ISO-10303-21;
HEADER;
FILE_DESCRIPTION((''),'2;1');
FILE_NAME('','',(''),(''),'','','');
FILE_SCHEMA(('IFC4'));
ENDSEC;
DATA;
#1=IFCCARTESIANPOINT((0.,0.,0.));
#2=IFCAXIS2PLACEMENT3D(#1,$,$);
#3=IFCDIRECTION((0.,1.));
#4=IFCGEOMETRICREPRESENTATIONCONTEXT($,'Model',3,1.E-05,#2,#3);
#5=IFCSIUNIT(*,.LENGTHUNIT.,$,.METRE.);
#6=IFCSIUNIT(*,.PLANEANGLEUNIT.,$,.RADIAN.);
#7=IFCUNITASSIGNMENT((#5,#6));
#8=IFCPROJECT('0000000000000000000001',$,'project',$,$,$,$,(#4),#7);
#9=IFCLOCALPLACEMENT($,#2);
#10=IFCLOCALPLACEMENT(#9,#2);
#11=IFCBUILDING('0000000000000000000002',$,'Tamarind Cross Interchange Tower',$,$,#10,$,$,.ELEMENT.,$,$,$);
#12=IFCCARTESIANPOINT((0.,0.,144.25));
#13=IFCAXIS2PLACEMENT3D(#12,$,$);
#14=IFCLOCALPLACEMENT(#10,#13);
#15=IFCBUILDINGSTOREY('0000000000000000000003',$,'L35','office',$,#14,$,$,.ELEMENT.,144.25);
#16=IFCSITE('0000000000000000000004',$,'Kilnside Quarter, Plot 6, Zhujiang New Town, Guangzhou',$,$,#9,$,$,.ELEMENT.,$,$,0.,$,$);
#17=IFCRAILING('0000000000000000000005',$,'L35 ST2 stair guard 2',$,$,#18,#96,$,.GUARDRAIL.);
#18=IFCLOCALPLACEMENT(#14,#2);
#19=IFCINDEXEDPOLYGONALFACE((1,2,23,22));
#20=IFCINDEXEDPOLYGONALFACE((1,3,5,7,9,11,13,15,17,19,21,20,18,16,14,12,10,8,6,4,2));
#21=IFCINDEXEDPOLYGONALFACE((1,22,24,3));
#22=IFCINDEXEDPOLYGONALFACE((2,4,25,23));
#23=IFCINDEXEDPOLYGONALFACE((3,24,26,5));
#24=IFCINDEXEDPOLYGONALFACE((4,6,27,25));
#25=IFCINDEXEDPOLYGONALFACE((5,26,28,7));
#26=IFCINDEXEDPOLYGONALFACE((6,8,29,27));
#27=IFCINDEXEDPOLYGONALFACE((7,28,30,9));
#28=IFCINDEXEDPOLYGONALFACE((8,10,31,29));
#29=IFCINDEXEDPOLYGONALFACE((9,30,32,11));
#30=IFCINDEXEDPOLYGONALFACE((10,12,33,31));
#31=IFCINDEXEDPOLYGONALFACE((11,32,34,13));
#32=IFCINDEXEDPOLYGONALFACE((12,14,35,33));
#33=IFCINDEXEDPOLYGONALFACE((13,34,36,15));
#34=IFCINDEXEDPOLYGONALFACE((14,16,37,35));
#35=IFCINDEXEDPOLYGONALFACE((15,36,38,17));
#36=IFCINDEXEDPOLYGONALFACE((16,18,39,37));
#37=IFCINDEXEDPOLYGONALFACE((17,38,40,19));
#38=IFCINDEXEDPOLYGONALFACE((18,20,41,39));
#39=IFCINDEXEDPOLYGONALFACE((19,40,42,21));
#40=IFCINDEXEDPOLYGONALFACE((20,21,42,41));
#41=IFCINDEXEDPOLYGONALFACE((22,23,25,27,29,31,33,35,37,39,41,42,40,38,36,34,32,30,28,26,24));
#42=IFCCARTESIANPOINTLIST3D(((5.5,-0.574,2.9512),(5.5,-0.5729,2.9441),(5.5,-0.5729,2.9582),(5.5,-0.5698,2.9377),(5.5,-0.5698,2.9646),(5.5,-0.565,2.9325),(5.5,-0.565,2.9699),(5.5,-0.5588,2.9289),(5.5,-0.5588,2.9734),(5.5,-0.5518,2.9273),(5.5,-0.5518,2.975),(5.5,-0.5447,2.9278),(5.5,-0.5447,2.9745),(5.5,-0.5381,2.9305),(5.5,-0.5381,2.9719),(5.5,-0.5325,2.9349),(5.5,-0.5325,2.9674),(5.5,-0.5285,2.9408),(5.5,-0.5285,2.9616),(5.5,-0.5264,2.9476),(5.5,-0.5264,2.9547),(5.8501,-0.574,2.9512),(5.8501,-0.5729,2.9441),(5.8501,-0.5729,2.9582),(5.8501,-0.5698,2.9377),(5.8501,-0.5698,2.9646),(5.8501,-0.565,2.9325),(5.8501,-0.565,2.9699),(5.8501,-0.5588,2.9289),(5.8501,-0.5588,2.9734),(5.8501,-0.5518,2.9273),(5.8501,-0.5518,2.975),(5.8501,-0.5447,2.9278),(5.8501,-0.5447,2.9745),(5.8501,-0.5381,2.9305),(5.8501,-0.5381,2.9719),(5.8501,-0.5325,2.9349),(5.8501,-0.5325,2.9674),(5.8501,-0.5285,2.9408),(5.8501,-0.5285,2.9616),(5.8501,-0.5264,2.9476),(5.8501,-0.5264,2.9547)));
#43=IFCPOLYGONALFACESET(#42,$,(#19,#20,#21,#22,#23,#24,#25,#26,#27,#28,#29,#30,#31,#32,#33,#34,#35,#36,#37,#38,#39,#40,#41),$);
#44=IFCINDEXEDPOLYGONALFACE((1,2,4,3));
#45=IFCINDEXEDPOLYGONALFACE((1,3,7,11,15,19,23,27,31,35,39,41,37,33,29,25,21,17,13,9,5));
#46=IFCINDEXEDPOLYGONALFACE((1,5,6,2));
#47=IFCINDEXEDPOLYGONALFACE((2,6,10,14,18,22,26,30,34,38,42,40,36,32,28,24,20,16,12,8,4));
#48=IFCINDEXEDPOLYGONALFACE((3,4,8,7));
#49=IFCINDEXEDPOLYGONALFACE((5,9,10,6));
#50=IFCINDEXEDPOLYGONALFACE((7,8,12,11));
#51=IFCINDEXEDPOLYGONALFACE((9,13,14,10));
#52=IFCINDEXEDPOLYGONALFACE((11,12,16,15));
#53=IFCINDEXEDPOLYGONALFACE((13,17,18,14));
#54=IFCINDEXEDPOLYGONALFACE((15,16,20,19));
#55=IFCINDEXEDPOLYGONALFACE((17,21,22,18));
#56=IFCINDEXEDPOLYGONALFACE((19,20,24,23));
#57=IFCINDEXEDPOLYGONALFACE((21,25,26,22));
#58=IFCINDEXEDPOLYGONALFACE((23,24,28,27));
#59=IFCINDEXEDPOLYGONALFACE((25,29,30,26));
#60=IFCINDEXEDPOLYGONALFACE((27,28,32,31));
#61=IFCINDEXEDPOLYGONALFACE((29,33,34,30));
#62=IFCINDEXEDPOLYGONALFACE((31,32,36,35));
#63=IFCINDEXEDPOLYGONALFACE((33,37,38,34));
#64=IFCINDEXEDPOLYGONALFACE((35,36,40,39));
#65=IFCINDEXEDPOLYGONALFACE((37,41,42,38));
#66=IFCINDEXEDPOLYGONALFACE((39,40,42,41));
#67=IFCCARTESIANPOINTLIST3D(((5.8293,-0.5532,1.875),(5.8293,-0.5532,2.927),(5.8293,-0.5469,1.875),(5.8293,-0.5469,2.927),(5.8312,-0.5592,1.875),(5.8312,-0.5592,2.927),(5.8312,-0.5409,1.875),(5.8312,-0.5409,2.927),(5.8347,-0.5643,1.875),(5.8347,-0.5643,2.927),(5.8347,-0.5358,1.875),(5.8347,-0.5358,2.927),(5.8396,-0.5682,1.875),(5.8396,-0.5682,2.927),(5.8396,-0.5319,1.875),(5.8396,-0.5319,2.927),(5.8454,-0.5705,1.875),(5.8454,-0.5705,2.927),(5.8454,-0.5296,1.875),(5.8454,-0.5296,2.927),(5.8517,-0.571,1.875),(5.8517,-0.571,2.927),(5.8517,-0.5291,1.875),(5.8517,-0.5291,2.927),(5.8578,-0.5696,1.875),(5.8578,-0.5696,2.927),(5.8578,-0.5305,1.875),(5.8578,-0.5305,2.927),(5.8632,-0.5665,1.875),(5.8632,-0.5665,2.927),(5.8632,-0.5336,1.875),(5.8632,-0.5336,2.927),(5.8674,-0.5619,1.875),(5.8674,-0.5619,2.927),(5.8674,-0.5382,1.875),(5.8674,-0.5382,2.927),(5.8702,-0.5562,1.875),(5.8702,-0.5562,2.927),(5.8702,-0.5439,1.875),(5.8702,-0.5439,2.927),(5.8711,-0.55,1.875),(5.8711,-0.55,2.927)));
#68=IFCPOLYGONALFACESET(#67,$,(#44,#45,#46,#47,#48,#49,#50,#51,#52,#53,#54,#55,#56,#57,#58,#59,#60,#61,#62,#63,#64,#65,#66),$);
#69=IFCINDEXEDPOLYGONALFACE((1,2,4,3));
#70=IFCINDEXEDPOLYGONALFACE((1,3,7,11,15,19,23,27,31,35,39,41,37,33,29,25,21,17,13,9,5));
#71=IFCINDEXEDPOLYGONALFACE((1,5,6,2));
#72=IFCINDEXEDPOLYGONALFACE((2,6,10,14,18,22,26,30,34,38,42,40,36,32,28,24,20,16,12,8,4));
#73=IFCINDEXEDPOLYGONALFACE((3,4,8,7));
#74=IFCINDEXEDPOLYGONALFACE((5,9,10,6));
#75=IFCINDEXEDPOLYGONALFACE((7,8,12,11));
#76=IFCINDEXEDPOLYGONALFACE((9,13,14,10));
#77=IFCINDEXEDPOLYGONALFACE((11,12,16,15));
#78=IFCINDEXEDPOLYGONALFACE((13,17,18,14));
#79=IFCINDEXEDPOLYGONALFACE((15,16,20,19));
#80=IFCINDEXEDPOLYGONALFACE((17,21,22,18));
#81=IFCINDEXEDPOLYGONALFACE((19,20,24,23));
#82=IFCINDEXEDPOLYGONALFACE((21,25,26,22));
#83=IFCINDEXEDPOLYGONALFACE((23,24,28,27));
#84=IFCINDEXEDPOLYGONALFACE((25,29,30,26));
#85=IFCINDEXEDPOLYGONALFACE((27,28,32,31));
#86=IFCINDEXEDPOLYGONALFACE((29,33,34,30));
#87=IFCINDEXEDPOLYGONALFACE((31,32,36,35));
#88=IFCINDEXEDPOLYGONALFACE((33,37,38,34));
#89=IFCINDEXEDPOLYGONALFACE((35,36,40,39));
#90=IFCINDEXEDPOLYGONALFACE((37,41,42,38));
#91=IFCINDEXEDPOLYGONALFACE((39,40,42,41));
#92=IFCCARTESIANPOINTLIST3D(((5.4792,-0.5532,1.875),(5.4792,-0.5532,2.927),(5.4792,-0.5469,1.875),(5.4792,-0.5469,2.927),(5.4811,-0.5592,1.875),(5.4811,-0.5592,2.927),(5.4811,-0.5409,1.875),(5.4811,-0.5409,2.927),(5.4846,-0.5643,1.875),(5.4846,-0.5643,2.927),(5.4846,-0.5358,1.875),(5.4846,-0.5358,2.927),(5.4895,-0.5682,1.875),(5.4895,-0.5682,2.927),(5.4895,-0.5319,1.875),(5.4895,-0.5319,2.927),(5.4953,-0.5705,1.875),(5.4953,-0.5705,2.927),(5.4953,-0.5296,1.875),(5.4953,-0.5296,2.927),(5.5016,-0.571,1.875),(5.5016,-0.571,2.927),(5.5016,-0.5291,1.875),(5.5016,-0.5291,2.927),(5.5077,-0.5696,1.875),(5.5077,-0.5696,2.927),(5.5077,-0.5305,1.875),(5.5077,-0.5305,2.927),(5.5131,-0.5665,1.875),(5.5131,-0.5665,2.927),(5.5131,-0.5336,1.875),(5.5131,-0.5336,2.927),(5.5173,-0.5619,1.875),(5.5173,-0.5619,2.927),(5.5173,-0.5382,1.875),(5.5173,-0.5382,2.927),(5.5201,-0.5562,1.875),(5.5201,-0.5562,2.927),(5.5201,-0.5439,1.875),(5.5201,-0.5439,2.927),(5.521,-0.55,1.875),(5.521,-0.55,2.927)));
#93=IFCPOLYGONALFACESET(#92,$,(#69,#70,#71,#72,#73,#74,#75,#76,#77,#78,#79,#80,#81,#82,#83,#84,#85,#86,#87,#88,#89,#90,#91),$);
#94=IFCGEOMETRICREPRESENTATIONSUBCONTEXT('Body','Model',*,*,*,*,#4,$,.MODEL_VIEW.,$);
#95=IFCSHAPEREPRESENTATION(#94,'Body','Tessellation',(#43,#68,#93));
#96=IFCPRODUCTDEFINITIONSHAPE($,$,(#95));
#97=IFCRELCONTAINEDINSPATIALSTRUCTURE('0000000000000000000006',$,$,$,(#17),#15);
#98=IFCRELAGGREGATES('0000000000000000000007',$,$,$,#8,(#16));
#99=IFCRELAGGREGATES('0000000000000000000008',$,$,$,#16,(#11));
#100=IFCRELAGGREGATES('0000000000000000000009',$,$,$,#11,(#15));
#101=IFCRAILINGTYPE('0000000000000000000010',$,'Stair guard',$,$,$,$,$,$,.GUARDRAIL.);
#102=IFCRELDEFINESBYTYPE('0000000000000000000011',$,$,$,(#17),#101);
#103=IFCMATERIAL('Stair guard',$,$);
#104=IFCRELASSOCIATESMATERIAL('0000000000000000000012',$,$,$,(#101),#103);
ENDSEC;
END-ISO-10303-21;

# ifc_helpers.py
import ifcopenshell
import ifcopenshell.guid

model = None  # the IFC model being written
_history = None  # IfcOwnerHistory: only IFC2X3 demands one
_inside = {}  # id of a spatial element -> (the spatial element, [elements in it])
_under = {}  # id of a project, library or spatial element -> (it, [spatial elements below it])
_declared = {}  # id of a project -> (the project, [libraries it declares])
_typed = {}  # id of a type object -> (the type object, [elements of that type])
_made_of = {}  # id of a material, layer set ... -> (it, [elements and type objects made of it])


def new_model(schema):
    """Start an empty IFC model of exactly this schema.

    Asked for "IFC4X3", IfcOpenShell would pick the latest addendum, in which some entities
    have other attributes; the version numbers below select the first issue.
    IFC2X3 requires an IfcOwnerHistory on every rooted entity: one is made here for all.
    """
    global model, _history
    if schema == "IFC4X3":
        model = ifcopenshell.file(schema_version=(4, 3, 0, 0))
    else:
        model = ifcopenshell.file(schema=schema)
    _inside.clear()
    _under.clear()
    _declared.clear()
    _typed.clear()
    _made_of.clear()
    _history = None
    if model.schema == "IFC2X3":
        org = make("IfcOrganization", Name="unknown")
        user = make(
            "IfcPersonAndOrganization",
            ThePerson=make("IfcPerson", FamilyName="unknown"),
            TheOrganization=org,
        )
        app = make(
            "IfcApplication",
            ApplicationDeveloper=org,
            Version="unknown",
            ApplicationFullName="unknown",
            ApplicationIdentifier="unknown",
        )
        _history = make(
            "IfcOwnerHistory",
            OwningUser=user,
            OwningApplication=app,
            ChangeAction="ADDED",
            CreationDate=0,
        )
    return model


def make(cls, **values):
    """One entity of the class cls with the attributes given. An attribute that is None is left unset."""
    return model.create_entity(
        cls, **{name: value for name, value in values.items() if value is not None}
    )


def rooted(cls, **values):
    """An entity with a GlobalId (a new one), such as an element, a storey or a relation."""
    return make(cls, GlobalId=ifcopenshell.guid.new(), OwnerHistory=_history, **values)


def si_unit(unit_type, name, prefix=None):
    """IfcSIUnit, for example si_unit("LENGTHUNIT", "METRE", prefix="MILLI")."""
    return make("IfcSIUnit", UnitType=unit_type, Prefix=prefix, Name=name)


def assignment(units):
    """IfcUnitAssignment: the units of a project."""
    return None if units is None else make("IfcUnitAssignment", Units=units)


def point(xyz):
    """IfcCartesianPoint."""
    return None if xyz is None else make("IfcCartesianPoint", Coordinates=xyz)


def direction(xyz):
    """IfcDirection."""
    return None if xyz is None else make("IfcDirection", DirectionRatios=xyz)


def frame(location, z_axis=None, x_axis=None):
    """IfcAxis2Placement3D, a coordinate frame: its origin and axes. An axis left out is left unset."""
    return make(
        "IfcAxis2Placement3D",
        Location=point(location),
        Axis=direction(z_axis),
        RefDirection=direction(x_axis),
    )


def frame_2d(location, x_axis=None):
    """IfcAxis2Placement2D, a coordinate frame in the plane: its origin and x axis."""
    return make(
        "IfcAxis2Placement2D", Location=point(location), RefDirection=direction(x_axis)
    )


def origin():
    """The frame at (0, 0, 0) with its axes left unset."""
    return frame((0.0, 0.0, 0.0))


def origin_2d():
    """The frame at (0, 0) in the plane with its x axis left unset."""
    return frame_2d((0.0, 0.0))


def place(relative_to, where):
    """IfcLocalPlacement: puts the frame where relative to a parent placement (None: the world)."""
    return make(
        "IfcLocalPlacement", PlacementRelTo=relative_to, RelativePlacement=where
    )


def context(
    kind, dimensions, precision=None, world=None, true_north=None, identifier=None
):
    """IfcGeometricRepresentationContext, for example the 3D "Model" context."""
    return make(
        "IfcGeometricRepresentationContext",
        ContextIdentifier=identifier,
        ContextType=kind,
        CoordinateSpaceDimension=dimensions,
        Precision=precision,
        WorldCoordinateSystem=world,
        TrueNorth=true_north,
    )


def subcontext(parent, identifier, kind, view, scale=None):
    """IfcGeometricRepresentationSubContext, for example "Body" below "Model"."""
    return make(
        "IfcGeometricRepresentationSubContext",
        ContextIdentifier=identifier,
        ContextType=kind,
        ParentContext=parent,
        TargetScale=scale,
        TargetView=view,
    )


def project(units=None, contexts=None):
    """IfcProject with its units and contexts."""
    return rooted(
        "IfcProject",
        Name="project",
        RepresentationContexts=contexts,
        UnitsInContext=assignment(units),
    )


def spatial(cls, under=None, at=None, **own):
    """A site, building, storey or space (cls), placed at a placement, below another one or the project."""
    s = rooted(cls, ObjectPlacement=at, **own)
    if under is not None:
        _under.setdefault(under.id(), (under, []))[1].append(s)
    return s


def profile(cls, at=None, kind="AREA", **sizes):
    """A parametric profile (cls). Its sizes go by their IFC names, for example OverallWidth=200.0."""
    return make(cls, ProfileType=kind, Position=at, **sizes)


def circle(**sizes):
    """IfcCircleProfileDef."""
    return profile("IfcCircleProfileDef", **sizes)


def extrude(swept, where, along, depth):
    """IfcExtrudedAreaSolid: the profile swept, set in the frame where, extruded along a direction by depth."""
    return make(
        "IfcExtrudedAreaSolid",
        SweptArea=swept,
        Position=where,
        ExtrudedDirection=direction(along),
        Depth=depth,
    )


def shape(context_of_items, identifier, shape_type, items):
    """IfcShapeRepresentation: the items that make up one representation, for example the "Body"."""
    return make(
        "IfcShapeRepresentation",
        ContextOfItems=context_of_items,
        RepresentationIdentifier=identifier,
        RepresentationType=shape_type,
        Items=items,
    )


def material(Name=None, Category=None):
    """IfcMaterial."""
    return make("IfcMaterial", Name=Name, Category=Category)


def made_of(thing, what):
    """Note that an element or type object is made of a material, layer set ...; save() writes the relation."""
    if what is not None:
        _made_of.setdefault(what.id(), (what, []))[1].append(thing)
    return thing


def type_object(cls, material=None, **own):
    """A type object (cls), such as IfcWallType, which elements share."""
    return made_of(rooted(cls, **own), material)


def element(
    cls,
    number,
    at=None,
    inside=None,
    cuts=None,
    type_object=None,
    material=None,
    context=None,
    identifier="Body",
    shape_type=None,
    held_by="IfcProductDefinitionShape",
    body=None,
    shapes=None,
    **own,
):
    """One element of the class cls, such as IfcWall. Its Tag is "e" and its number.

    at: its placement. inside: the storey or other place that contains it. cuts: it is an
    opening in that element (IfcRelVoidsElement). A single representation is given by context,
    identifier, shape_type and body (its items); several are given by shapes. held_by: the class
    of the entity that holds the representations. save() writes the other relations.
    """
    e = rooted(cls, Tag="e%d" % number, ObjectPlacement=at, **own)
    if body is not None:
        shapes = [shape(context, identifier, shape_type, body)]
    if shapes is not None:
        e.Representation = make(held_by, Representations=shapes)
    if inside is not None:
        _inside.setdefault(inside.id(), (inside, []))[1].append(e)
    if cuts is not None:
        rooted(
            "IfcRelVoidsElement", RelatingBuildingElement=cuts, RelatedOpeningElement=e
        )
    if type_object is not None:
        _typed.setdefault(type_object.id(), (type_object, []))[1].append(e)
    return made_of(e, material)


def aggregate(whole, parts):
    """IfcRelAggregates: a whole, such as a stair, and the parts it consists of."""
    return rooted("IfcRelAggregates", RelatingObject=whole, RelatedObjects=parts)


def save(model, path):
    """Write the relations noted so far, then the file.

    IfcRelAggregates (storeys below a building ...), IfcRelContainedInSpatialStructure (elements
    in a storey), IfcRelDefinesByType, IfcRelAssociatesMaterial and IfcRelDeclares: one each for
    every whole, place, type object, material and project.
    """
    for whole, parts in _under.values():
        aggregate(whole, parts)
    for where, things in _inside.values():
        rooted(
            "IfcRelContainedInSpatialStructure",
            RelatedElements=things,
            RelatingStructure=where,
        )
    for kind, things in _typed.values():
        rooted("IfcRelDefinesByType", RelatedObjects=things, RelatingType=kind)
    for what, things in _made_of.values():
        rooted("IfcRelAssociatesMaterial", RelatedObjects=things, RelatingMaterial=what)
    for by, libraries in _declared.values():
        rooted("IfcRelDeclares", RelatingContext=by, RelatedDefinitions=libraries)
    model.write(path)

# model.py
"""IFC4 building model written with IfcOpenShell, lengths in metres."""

from ifc_helpers import new_model, si_unit, direction, frame, origin, origin_2d, place, context, subcontext, project, spatial, circle, extrude, material, type_object, element, save


model = new_model("IFC4")

# Units and contexts
model_context = context("Model", 3, precision=1e-05, world=origin(), true_north=direction((0.0, 1.0)))
body_context = subcontext(model_context, "Body", "Model", "MODEL_VIEW")
ifc_project = project(units=[si_unit("LENGTHUNIT", "METRE"), si_unit("PLANEANGLEUNIT", "RADIAN")], contexts=[model_context])

# Site, building, storey
site_placement = place(None, origin())
site = spatial("IfcSite", under=ifc_project, at=site_placement, Name="Kilnside Quarter, Plot 6, Zhujiang New Town, Guangzhou", CompositionType="ELEMENT", RefElevation=0.0)
building_placement = place(site_placement, origin())
building = spatial("IfcBuilding", under=site, at=building_placement, Name="Tamarind Cross Interchange Tower", CompositionType="ELEMENT")
storey_placement = place(building_placement, frame((0.0, 0.0, 144.25)))
storey = spatial("IfcBuildingStorey", under=building, at=storey_placement, Name="L35", Description="office", CompositionType="ELEMENT", Elevation=144.25)

# Railing
ifc_material_1 = material(Name="Stair guard")
railing_type_1 = type_object("IfcRailingType", Name="Stair guard", PredefinedType="GUARDRAIL", material=ifc_material_1)
railing_1_placement = place(storey_placement, frame((5.8501, -0.55, 1.875)))
element("IfcRailing", 1, at=railing_1_placement, inside=storey, type_object=railing_type_1, Name="L35 ST2 stair guard 2", PredefinedType="GUARDRAIL", context=body_context, shape_type="SweptSolid", body=[
    extrude(circle(Radius=0.0239, at=origin_2d()), frame((0.0, 0.0, 1.0762), z_axis=(-1.0, 0.0, 0.0), x_axis=(0.0, -1.0, 0.0)), (0.0, 0.0, 1.0), 0.3501),
    extrude(circle(Radius=0.021, at=origin_2d()), origin(), (0.0, 0.0, 1.0), 1.052),
    extrude(circle(Radius=0.021, at=origin_2d()), frame((-0.3501, 0.0, 0.0)), (0.0, 0.0, 1.0), 1.052),
])

save(model, "model.ifc")
